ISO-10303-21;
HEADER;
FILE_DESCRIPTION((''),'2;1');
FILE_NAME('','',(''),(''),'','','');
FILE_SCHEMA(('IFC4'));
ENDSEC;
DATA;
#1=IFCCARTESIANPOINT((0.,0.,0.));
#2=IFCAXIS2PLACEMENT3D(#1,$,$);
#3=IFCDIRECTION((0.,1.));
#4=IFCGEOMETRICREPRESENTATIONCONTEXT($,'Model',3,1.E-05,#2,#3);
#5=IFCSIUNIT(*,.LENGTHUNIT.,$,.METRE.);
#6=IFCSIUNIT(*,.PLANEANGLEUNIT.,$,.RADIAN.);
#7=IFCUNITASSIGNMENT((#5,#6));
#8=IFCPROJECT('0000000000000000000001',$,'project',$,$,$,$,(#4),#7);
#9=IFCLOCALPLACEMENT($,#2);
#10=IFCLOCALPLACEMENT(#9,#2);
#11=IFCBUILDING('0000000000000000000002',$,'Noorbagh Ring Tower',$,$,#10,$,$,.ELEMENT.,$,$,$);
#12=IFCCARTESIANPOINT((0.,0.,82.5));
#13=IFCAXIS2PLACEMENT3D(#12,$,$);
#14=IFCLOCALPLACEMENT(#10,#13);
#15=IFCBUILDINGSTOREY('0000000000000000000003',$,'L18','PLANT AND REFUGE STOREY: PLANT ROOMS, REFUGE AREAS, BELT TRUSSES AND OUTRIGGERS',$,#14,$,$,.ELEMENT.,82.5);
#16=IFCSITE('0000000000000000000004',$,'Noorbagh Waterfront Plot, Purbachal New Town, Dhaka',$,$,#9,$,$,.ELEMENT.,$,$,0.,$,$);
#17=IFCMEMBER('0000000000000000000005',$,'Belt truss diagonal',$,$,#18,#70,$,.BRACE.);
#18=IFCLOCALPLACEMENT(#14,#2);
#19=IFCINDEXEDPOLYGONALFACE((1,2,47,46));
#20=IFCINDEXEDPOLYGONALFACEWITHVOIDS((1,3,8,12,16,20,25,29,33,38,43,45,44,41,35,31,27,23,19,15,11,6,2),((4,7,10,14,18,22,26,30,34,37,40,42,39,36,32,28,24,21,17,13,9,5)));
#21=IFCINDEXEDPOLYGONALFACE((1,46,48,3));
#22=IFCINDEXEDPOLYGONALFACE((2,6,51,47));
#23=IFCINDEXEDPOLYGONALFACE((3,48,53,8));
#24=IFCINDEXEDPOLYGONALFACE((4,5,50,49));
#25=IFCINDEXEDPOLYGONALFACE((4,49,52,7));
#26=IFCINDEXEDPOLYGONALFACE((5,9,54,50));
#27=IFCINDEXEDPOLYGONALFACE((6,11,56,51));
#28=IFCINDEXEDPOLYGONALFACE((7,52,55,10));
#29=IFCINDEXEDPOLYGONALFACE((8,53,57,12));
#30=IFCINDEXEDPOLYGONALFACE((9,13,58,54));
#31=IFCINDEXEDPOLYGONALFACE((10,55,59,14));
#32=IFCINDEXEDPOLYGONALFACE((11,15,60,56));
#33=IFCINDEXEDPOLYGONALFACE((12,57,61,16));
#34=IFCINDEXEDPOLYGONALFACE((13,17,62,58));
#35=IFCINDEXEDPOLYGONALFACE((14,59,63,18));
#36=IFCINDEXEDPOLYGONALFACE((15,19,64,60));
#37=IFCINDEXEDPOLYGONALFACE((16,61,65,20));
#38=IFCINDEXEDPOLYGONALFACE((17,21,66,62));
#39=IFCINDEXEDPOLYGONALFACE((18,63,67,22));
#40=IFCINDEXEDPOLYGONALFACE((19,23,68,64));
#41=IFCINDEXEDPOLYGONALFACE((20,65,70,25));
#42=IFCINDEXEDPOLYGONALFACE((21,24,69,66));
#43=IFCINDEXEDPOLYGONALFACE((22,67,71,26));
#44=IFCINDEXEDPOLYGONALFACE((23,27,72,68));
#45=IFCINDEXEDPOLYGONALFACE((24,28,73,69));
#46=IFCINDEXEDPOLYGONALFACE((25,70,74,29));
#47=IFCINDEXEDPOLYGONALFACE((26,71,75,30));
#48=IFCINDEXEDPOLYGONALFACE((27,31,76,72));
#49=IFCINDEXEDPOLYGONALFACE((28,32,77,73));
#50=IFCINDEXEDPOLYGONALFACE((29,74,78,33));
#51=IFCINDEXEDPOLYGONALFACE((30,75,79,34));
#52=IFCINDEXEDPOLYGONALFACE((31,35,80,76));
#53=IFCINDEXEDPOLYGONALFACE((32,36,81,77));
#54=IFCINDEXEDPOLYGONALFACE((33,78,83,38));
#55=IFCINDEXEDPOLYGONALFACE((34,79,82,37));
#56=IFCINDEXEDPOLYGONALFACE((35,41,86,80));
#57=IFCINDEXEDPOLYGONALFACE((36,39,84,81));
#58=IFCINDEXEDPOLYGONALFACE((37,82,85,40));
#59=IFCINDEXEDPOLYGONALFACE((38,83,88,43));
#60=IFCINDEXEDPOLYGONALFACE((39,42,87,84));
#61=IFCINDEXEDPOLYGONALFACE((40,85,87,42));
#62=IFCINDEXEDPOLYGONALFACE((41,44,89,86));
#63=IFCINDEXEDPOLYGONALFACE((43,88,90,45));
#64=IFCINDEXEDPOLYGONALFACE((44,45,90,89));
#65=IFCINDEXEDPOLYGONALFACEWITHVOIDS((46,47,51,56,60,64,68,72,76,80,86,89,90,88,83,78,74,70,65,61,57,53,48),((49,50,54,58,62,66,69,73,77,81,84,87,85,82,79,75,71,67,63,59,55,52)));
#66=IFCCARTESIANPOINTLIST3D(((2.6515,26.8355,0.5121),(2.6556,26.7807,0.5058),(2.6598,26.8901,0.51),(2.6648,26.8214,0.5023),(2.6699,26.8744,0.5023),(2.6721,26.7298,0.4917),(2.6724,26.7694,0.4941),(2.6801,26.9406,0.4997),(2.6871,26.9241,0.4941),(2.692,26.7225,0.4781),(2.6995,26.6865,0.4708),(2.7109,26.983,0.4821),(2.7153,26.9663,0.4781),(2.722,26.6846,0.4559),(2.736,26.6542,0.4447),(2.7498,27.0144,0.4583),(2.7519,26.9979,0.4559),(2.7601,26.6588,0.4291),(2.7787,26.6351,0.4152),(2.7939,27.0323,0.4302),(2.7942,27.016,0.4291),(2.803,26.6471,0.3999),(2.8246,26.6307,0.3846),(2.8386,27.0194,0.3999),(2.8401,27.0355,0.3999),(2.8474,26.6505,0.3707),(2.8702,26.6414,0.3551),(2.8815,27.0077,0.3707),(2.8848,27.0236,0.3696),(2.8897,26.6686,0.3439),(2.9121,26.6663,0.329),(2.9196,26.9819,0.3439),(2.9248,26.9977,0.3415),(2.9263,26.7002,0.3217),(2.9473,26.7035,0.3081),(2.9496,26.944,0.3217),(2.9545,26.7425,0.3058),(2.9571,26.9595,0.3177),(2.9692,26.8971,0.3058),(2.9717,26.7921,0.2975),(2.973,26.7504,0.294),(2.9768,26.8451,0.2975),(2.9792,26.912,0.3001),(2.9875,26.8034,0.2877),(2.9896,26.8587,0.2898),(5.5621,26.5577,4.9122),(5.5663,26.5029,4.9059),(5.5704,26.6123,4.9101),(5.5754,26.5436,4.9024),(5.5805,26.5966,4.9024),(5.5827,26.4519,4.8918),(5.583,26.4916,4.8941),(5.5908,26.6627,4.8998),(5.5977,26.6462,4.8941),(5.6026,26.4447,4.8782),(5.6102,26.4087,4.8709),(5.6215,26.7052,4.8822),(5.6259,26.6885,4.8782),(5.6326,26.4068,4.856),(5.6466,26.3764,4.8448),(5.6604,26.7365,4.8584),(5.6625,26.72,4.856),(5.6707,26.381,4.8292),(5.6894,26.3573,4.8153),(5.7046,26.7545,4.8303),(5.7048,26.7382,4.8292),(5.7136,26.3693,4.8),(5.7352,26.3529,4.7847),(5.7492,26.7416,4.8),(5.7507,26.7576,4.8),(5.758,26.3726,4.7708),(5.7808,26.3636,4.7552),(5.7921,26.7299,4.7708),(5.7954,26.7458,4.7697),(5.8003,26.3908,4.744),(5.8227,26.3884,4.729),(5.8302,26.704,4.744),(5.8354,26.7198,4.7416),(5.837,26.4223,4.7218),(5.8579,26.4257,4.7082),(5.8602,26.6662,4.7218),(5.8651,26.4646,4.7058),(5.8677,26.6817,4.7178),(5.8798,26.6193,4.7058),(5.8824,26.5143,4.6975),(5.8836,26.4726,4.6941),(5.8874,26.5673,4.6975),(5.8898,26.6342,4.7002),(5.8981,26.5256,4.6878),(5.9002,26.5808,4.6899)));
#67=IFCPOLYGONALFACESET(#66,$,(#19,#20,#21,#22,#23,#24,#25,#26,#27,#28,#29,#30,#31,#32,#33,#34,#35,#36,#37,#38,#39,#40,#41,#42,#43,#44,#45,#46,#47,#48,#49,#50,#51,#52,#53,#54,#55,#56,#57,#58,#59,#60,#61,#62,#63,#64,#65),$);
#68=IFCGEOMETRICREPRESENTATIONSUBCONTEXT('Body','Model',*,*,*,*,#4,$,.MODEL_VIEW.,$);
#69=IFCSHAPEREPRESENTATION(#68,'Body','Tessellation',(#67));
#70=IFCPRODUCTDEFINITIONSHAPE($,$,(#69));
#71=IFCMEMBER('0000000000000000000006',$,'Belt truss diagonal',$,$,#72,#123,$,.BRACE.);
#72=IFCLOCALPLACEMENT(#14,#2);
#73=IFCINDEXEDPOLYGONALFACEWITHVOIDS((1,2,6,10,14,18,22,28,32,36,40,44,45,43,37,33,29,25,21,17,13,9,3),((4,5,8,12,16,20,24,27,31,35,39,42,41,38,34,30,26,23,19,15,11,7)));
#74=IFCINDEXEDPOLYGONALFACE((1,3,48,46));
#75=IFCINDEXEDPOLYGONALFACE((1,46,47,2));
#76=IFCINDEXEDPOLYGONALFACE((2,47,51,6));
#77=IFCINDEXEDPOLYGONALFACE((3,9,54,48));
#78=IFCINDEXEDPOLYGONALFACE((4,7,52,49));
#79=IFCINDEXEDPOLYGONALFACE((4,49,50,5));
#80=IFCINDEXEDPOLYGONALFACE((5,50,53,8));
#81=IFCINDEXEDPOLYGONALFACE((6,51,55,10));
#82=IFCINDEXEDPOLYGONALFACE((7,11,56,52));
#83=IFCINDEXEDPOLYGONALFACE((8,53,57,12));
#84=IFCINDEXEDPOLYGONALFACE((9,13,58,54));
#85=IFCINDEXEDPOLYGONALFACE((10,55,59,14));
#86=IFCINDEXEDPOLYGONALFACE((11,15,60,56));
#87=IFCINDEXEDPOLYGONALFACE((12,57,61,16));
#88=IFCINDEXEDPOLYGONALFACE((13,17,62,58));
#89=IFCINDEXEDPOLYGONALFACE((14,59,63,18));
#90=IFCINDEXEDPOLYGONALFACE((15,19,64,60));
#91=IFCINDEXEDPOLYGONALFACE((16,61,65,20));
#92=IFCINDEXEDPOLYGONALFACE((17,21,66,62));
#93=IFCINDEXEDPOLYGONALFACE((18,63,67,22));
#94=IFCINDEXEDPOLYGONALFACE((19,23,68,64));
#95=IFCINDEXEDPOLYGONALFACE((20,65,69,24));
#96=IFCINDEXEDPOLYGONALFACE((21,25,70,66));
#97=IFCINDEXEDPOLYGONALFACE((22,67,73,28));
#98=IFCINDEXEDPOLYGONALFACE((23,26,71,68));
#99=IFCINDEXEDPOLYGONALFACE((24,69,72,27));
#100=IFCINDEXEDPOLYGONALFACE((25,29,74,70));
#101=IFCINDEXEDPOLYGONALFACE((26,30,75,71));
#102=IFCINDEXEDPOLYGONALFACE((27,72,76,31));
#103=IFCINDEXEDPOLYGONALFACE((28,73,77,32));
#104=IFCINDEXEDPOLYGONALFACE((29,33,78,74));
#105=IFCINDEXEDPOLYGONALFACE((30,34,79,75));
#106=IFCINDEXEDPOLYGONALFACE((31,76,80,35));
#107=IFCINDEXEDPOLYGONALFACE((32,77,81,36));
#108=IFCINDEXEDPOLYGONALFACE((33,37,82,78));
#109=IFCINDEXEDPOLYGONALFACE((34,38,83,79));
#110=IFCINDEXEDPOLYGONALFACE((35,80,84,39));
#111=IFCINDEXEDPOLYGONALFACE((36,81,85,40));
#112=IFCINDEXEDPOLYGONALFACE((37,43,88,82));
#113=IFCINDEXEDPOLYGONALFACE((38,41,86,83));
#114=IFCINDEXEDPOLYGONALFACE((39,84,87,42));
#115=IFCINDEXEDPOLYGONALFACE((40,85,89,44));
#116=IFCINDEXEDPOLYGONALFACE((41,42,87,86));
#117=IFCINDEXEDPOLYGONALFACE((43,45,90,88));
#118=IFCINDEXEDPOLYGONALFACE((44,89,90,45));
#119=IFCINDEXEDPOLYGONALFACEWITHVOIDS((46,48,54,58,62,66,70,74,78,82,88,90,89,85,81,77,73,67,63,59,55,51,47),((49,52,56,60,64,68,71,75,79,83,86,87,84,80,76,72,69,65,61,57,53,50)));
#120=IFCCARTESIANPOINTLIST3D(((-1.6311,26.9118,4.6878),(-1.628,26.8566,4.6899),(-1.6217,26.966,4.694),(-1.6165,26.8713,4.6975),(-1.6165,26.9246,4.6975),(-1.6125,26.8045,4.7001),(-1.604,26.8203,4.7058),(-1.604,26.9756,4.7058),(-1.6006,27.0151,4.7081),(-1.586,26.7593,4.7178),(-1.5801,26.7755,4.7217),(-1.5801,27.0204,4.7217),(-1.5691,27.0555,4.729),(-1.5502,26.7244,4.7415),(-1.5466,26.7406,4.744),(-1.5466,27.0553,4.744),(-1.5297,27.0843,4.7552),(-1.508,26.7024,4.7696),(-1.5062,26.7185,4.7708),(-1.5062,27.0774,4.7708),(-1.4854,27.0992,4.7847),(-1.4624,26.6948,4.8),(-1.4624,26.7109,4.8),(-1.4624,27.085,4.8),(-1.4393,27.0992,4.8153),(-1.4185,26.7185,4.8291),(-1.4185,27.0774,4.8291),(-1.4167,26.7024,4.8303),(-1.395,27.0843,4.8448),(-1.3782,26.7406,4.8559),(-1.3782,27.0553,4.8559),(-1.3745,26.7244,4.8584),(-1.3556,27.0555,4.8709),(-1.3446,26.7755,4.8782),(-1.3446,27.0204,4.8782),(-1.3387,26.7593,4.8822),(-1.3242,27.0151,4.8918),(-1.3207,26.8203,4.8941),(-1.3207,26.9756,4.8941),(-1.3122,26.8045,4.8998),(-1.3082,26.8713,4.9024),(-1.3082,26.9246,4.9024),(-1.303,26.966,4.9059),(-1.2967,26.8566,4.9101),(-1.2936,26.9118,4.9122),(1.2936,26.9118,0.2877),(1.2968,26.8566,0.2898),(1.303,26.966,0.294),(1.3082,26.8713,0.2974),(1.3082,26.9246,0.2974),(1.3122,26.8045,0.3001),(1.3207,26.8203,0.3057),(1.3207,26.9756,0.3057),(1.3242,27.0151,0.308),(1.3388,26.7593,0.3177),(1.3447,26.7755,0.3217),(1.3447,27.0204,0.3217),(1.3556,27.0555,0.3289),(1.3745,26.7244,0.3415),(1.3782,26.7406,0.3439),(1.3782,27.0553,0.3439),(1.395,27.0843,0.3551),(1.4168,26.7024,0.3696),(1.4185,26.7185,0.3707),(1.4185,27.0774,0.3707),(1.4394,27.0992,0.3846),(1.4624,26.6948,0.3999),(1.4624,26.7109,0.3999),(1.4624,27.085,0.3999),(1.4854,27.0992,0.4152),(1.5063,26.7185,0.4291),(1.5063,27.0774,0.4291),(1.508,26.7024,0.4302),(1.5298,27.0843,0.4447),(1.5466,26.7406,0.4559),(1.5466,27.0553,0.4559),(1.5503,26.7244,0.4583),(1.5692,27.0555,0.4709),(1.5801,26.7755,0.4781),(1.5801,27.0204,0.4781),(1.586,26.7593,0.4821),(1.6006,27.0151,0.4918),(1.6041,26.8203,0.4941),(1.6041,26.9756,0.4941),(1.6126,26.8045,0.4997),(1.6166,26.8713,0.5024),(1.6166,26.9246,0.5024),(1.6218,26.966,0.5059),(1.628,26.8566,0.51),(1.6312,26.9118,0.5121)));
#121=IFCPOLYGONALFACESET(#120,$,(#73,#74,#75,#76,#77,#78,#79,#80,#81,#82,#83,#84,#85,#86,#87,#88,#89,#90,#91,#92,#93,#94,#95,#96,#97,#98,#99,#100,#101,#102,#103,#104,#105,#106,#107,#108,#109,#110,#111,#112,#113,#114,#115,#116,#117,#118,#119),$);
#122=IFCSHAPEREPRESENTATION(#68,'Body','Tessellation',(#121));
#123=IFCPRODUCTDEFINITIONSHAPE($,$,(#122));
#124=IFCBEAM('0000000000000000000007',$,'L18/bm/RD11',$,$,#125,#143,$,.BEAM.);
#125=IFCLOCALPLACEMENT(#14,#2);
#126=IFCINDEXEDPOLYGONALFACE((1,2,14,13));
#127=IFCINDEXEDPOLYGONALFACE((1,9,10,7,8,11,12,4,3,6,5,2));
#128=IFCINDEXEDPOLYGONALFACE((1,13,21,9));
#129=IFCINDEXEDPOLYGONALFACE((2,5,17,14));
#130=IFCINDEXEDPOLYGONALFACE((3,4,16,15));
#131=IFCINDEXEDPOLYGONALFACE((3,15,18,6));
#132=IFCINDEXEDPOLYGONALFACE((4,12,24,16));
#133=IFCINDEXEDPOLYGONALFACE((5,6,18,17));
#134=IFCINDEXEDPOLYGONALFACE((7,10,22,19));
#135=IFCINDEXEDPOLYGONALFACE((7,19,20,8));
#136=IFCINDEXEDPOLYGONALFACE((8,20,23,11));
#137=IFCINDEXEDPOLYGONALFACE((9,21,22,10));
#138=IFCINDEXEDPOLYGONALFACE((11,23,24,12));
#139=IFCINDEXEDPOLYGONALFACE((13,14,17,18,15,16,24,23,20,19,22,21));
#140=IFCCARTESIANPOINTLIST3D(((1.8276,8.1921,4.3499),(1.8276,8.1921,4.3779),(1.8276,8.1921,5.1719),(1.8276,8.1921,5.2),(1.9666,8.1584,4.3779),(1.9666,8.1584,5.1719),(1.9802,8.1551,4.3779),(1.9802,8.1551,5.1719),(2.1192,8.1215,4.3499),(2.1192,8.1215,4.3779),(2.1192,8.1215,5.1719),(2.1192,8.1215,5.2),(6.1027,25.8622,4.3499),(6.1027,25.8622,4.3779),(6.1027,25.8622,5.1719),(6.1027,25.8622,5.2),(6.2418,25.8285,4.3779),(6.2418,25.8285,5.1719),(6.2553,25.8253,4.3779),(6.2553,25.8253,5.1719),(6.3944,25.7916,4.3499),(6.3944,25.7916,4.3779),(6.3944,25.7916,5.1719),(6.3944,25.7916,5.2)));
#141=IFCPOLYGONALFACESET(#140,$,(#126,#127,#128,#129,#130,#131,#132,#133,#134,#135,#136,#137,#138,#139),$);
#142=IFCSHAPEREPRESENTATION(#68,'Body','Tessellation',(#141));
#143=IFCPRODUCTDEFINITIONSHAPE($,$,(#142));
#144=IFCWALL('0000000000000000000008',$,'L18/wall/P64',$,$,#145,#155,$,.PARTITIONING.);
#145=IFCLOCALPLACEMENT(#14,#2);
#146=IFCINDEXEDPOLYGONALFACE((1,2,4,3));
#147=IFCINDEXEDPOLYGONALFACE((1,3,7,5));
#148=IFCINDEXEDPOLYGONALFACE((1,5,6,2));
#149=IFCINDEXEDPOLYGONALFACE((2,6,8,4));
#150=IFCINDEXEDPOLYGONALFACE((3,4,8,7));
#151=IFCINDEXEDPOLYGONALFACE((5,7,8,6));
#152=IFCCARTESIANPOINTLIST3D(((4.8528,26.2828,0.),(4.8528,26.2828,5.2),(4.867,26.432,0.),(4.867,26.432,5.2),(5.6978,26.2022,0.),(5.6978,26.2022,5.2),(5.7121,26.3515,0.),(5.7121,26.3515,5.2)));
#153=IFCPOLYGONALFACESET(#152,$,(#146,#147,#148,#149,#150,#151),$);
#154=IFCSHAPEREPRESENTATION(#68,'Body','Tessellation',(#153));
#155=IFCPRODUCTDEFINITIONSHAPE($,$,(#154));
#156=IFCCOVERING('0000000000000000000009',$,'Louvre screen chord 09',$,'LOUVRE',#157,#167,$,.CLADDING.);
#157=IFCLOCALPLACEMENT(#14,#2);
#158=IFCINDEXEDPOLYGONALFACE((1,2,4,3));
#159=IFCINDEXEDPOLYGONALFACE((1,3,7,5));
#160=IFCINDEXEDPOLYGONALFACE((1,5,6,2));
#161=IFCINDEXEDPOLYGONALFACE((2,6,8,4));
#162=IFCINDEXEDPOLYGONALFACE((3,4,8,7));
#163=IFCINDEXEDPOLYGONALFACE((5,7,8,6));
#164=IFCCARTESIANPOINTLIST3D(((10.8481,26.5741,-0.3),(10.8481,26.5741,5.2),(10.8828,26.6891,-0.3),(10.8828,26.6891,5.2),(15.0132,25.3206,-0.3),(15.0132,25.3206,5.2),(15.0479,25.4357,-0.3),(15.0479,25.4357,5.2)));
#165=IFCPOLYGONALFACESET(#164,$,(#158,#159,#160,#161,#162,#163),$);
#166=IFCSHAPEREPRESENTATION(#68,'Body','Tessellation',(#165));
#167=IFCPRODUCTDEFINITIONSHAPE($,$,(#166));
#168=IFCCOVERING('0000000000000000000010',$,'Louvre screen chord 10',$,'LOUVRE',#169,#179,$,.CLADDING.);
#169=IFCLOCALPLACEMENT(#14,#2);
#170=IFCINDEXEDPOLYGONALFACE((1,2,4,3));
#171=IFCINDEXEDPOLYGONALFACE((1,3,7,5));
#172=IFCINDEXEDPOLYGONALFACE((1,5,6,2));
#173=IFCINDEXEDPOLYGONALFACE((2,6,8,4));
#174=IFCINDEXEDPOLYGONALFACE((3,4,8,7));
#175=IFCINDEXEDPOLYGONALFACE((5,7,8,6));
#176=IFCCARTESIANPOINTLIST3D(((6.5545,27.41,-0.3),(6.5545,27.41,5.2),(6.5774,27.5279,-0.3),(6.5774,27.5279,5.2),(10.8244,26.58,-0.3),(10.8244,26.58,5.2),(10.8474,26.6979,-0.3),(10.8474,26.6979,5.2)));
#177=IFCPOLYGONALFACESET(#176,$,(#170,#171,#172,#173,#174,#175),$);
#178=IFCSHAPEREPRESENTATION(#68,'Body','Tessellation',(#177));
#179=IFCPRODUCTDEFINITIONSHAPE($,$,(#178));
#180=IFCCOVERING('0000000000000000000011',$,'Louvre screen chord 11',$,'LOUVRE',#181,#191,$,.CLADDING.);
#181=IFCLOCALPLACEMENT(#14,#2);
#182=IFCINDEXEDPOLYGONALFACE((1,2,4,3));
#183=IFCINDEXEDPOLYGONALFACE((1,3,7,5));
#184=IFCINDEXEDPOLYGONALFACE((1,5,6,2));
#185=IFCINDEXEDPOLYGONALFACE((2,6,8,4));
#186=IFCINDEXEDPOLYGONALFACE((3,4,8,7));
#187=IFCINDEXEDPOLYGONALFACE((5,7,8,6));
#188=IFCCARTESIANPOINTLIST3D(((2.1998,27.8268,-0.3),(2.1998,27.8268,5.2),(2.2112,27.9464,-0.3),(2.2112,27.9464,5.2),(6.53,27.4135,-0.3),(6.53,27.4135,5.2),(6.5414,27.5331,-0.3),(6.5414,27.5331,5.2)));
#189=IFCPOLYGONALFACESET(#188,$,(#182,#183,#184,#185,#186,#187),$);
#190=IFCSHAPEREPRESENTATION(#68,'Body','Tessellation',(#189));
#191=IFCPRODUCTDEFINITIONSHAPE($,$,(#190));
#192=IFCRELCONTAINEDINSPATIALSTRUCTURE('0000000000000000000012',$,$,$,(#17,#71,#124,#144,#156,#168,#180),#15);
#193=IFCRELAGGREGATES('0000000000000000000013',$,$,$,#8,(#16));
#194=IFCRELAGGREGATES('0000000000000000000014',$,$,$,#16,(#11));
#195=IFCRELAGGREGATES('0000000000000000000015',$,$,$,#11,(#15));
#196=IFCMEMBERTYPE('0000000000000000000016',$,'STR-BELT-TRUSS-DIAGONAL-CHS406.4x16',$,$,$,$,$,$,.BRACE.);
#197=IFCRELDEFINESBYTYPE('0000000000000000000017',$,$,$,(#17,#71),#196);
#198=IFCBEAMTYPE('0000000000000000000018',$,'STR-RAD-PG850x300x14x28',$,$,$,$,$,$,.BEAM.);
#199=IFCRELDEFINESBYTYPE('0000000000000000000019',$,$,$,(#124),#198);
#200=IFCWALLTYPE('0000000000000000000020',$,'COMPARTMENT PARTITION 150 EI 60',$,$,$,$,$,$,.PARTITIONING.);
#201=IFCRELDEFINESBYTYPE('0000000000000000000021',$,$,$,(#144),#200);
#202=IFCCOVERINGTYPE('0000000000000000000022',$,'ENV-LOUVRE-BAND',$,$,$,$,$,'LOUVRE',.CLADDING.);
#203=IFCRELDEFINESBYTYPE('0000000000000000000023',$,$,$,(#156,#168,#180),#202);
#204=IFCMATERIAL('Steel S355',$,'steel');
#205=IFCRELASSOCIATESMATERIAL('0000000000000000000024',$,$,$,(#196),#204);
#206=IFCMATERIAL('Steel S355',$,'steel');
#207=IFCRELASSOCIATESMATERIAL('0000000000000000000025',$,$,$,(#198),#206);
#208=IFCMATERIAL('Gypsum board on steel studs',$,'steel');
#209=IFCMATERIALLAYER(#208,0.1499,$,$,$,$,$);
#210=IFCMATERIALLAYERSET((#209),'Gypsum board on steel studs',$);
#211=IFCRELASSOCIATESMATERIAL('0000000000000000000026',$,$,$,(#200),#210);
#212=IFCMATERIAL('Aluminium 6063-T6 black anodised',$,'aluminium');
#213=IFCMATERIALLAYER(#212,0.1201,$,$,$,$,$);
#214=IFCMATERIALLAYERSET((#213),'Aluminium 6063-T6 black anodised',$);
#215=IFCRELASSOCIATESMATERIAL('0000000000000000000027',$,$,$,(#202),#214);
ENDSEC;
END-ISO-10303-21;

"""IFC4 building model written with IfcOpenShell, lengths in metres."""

from ifc_helpers import new_model, si_unit, direction, frame, frame_2d, origin, origin_2d, place, context, subcontext, project, spatial, rectangle, hollow_circle, i_section, extrude, material, layer, layer_set, material_profile, profile_set, type_object, element, save


model = new_model("IFC4")

# Units and contexts
model_context = context("Model", 3, precision=1e-05, world=origin(), true_north=direction((0.0, 1.0)))
body_context = subcontext(model_context, "Body", "Model", "MODEL_VIEW")
ifc_project = project(units=[si_unit("LENGTHUNIT", "METRE"), si_unit("PLANEANGLEUNIT", "RADIAN")], contexts=[model_context])

# Site, building, storey
site_placement = place(None, origin())
site = spatial("IfcSite", under=ifc_project, at=site_placement, Name="Noorbagh Waterfront Plot, Purbachal New Town, Dhaka", CompositionType="ELEMENT", RefElevation=0.0)
building_placement = place(site_placement, origin())
building = spatial("IfcBuilding", under=site, at=building_placement, Name="Noorbagh Ring Tower", CompositionType="ELEMENT")
storey_placement = place(building_placement, frame((0.0, 0.0, 82.5)))
storey = spatial("IfcBuildingStorey", under=building, at=storey_placement, Name="L18", Description="PLANT AND REFUGE STOREY: PLANT ROOMS, REFUGE AREAS, BELT TRUSSES AND OUTRIGGERS", CompositionType="ELEMENT", Elevation=82.5)

# Members
ifc_material_1 = material(Name="Steel S355", Category="steel")
ifc_material_profile_1 = material_profile(ifc_material_1, hollow_circle(Radius=0.2031, WallThickness=0.0161, at=origin_2d()), Name="CHS406.4x16")
ifc_profile_set_1 = profile_set([ifc_material_profile_1], Name="Steel S355")
member_type = type_object("IfcMemberType", Name="STR-BELT-TRUSS-DIAGONAL-CHS406.4x16", PredefinedType="BRACE", material=ifc_profile_set_1)
member_1_placement = place(storey_placement, frame((2.8208, 26.8333, 0.3999), z_axis=(0.550943, -0.05259, 0.832884), x_axis=(0.095022, 0.995475, 0.0)))
element("IfcMember", 1, at=member_1_placement, inside=storey, type_object=member_type, Name="Belt truss diagonal", PredefinedType="BRACE", context=body_context, shape_type="SweptSolid", body=[
    extrude(hollow_circle(Radius=0.2031, WallThickness=0.0161, at=origin_2d()), origin(), (0.0, 0.0, 1.0), 5.283),
])
member_2_placement = place(storey_placement, frame((1.4624, 26.8979, 0.3999), z_axis=(-0.553569, 0.0, 0.832803), x_axis=(0.0, -1.0, 0.0)))
element("IfcMember", 2, at=member_2_placement, inside=storey, type_object=member_type, Name="Belt truss diagonal", PredefinedType="BRACE", context=body_context, shape_type="SweptSolid", body=[
    extrude(hollow_circle(Radius=0.2031, WallThickness=0.0161, at=origin_2d()), origin(), (0.0, 0.0, 1.0), 5.2834),
])

# Beam
ifc_material_2 = material(Name="Steel S355", Category="steel")
ifc_material_profile_2 = material_profile(ifc_material_2, i_section(OverallWidth=0.3, OverallDepth=0.8501, WebThickness=0.0139, FlangeThickness=0.0281, at=origin_2d()), Name="PG850x300x14x28")
ifc_profile_set_2 = profile_set([ifc_material_profile_2], Name="Steel S355")
beam_type_1 = type_object("IfcBeamType", Name="STR-RAD-PG850x300x14x28", PredefinedType="BEAM", material=ifc_profile_set_2)
beam_placement = place(storey_placement, frame((6.2485, 25.8269, 4.7749), z_axis=(-0.235157, -0.971957, 0.0), x_axis=(0.971957, -0.235157, 0.0)))
element("IfcBeam", 3, at=beam_placement, inside=storey, type_object=beam_type_1, Name="L18/bm/RD11", PredefinedType="BEAM", context=body_context, shape_type="SweptSolid", body=[
    extrude(i_section(OverallWidth=0.3, OverallDepth=0.8501, WebThickness=0.0139, FlangeThickness=0.0281, at=origin_2d()), origin(), (0.0, 0.0, 1.0), 18.1799),
])

# Wall
ifc_material_3 = material(Name="Gypsum board on steel studs", Category="steel")
ifc_layer_1 = layer(ifc_material_3, 0.1499)
ifc_layer_set_1 = layer_set([ifc_layer_1], Name="Gypsum board on steel studs")
wall_type = type_object("IfcWallType", Name="COMPARTMENT PARTITION 150 EI 60", PredefinedType="PARTITIONING", material=ifc_layer_set_1)
wall_placement = place(storey_placement, frame((5.7048, 26.2769, 0.0), z_axis=(0.0, 0.0, 1.0), x_axis=(-0.995485, 0.094918, 0.0)))
element("IfcWall", 4, at=wall_placement, inside=storey, type_object=wall_type, Name="L18/wall/P64", PredefinedType="PARTITIONING", context=body_context, shape_type="SweptSolid", body=[
    extrude(rectangle(XDim=0.8489, YDim=0.1499, at=frame_2d((0.4243, 0.0))), origin(), (0.0, 0.0, 1.0), 5.2),
])

# Coverings
ifc_material_4 = material(Name="Aluminium 6063-T6 black anodised", Category="aluminium")
ifc_layer_2 = layer(ifc_material_4, 0.1201)
ifc_layer_set_2 = layer_set([ifc_layer_2], Name="Aluminium 6063-T6 black anodised")
covering_type_1 = type_object("IfcCoveringType", Name="ENV-LOUVRE-BAND", ElementType="LOUVRE", PredefinedType="CLADDING", material=ifc_layer_set_2)
covering_1_placement = place(storey_placement, frame((12.948, 26.0049, -0.3), z_axis=(0.0, 0.0, 1.0), x_axis=(-0.957578, 0.288174, 0.0)))
element("IfcCovering", 5, at=covering_1_placement, inside=storey, type_object=covering_type_1, Name="Louvre screen chord 09", ObjectType="LOUVRE", PredefinedType="CLADDING", context=body_context, shape_type="SweptSolid", body=[
    extrude(rectangle(XDim=4.3496, YDim=0.1201, at=origin_2d()), origin(), (0.0, 0.0, 1.0), 5.5),
])
for number, where, z_axis, x_axis, name in (
    (6, (8.7009, 27.054, -0.3), (0.0, 0.0, 1.0), (-0.981625, 0.19082, 0.0), "Louvre screen chord 10"),
    (7, (4.3706, 27.6799, -0.3), (0.0, 0.0, 1.0), (-0.995476, 0.095008, 0.0), "Louvre screen chord 11"),
):
    element("IfcCovering", number, at=place(storey_placement, frame(where, z_axis=z_axis, x_axis=x_axis)), inside=storey, type_object=covering_type_1, Name=name, ObjectType="LOUVRE", PredefinedType="CLADDING", context=body_context, shape_type="SweptSolid", body=[
        extrude(rectangle(XDim=4.3499, YDim=0.1201, at=origin_2d()), origin(), (0.0, 0.0, 1.0), 5.5),
    ])

save(model, "model.ifc")
